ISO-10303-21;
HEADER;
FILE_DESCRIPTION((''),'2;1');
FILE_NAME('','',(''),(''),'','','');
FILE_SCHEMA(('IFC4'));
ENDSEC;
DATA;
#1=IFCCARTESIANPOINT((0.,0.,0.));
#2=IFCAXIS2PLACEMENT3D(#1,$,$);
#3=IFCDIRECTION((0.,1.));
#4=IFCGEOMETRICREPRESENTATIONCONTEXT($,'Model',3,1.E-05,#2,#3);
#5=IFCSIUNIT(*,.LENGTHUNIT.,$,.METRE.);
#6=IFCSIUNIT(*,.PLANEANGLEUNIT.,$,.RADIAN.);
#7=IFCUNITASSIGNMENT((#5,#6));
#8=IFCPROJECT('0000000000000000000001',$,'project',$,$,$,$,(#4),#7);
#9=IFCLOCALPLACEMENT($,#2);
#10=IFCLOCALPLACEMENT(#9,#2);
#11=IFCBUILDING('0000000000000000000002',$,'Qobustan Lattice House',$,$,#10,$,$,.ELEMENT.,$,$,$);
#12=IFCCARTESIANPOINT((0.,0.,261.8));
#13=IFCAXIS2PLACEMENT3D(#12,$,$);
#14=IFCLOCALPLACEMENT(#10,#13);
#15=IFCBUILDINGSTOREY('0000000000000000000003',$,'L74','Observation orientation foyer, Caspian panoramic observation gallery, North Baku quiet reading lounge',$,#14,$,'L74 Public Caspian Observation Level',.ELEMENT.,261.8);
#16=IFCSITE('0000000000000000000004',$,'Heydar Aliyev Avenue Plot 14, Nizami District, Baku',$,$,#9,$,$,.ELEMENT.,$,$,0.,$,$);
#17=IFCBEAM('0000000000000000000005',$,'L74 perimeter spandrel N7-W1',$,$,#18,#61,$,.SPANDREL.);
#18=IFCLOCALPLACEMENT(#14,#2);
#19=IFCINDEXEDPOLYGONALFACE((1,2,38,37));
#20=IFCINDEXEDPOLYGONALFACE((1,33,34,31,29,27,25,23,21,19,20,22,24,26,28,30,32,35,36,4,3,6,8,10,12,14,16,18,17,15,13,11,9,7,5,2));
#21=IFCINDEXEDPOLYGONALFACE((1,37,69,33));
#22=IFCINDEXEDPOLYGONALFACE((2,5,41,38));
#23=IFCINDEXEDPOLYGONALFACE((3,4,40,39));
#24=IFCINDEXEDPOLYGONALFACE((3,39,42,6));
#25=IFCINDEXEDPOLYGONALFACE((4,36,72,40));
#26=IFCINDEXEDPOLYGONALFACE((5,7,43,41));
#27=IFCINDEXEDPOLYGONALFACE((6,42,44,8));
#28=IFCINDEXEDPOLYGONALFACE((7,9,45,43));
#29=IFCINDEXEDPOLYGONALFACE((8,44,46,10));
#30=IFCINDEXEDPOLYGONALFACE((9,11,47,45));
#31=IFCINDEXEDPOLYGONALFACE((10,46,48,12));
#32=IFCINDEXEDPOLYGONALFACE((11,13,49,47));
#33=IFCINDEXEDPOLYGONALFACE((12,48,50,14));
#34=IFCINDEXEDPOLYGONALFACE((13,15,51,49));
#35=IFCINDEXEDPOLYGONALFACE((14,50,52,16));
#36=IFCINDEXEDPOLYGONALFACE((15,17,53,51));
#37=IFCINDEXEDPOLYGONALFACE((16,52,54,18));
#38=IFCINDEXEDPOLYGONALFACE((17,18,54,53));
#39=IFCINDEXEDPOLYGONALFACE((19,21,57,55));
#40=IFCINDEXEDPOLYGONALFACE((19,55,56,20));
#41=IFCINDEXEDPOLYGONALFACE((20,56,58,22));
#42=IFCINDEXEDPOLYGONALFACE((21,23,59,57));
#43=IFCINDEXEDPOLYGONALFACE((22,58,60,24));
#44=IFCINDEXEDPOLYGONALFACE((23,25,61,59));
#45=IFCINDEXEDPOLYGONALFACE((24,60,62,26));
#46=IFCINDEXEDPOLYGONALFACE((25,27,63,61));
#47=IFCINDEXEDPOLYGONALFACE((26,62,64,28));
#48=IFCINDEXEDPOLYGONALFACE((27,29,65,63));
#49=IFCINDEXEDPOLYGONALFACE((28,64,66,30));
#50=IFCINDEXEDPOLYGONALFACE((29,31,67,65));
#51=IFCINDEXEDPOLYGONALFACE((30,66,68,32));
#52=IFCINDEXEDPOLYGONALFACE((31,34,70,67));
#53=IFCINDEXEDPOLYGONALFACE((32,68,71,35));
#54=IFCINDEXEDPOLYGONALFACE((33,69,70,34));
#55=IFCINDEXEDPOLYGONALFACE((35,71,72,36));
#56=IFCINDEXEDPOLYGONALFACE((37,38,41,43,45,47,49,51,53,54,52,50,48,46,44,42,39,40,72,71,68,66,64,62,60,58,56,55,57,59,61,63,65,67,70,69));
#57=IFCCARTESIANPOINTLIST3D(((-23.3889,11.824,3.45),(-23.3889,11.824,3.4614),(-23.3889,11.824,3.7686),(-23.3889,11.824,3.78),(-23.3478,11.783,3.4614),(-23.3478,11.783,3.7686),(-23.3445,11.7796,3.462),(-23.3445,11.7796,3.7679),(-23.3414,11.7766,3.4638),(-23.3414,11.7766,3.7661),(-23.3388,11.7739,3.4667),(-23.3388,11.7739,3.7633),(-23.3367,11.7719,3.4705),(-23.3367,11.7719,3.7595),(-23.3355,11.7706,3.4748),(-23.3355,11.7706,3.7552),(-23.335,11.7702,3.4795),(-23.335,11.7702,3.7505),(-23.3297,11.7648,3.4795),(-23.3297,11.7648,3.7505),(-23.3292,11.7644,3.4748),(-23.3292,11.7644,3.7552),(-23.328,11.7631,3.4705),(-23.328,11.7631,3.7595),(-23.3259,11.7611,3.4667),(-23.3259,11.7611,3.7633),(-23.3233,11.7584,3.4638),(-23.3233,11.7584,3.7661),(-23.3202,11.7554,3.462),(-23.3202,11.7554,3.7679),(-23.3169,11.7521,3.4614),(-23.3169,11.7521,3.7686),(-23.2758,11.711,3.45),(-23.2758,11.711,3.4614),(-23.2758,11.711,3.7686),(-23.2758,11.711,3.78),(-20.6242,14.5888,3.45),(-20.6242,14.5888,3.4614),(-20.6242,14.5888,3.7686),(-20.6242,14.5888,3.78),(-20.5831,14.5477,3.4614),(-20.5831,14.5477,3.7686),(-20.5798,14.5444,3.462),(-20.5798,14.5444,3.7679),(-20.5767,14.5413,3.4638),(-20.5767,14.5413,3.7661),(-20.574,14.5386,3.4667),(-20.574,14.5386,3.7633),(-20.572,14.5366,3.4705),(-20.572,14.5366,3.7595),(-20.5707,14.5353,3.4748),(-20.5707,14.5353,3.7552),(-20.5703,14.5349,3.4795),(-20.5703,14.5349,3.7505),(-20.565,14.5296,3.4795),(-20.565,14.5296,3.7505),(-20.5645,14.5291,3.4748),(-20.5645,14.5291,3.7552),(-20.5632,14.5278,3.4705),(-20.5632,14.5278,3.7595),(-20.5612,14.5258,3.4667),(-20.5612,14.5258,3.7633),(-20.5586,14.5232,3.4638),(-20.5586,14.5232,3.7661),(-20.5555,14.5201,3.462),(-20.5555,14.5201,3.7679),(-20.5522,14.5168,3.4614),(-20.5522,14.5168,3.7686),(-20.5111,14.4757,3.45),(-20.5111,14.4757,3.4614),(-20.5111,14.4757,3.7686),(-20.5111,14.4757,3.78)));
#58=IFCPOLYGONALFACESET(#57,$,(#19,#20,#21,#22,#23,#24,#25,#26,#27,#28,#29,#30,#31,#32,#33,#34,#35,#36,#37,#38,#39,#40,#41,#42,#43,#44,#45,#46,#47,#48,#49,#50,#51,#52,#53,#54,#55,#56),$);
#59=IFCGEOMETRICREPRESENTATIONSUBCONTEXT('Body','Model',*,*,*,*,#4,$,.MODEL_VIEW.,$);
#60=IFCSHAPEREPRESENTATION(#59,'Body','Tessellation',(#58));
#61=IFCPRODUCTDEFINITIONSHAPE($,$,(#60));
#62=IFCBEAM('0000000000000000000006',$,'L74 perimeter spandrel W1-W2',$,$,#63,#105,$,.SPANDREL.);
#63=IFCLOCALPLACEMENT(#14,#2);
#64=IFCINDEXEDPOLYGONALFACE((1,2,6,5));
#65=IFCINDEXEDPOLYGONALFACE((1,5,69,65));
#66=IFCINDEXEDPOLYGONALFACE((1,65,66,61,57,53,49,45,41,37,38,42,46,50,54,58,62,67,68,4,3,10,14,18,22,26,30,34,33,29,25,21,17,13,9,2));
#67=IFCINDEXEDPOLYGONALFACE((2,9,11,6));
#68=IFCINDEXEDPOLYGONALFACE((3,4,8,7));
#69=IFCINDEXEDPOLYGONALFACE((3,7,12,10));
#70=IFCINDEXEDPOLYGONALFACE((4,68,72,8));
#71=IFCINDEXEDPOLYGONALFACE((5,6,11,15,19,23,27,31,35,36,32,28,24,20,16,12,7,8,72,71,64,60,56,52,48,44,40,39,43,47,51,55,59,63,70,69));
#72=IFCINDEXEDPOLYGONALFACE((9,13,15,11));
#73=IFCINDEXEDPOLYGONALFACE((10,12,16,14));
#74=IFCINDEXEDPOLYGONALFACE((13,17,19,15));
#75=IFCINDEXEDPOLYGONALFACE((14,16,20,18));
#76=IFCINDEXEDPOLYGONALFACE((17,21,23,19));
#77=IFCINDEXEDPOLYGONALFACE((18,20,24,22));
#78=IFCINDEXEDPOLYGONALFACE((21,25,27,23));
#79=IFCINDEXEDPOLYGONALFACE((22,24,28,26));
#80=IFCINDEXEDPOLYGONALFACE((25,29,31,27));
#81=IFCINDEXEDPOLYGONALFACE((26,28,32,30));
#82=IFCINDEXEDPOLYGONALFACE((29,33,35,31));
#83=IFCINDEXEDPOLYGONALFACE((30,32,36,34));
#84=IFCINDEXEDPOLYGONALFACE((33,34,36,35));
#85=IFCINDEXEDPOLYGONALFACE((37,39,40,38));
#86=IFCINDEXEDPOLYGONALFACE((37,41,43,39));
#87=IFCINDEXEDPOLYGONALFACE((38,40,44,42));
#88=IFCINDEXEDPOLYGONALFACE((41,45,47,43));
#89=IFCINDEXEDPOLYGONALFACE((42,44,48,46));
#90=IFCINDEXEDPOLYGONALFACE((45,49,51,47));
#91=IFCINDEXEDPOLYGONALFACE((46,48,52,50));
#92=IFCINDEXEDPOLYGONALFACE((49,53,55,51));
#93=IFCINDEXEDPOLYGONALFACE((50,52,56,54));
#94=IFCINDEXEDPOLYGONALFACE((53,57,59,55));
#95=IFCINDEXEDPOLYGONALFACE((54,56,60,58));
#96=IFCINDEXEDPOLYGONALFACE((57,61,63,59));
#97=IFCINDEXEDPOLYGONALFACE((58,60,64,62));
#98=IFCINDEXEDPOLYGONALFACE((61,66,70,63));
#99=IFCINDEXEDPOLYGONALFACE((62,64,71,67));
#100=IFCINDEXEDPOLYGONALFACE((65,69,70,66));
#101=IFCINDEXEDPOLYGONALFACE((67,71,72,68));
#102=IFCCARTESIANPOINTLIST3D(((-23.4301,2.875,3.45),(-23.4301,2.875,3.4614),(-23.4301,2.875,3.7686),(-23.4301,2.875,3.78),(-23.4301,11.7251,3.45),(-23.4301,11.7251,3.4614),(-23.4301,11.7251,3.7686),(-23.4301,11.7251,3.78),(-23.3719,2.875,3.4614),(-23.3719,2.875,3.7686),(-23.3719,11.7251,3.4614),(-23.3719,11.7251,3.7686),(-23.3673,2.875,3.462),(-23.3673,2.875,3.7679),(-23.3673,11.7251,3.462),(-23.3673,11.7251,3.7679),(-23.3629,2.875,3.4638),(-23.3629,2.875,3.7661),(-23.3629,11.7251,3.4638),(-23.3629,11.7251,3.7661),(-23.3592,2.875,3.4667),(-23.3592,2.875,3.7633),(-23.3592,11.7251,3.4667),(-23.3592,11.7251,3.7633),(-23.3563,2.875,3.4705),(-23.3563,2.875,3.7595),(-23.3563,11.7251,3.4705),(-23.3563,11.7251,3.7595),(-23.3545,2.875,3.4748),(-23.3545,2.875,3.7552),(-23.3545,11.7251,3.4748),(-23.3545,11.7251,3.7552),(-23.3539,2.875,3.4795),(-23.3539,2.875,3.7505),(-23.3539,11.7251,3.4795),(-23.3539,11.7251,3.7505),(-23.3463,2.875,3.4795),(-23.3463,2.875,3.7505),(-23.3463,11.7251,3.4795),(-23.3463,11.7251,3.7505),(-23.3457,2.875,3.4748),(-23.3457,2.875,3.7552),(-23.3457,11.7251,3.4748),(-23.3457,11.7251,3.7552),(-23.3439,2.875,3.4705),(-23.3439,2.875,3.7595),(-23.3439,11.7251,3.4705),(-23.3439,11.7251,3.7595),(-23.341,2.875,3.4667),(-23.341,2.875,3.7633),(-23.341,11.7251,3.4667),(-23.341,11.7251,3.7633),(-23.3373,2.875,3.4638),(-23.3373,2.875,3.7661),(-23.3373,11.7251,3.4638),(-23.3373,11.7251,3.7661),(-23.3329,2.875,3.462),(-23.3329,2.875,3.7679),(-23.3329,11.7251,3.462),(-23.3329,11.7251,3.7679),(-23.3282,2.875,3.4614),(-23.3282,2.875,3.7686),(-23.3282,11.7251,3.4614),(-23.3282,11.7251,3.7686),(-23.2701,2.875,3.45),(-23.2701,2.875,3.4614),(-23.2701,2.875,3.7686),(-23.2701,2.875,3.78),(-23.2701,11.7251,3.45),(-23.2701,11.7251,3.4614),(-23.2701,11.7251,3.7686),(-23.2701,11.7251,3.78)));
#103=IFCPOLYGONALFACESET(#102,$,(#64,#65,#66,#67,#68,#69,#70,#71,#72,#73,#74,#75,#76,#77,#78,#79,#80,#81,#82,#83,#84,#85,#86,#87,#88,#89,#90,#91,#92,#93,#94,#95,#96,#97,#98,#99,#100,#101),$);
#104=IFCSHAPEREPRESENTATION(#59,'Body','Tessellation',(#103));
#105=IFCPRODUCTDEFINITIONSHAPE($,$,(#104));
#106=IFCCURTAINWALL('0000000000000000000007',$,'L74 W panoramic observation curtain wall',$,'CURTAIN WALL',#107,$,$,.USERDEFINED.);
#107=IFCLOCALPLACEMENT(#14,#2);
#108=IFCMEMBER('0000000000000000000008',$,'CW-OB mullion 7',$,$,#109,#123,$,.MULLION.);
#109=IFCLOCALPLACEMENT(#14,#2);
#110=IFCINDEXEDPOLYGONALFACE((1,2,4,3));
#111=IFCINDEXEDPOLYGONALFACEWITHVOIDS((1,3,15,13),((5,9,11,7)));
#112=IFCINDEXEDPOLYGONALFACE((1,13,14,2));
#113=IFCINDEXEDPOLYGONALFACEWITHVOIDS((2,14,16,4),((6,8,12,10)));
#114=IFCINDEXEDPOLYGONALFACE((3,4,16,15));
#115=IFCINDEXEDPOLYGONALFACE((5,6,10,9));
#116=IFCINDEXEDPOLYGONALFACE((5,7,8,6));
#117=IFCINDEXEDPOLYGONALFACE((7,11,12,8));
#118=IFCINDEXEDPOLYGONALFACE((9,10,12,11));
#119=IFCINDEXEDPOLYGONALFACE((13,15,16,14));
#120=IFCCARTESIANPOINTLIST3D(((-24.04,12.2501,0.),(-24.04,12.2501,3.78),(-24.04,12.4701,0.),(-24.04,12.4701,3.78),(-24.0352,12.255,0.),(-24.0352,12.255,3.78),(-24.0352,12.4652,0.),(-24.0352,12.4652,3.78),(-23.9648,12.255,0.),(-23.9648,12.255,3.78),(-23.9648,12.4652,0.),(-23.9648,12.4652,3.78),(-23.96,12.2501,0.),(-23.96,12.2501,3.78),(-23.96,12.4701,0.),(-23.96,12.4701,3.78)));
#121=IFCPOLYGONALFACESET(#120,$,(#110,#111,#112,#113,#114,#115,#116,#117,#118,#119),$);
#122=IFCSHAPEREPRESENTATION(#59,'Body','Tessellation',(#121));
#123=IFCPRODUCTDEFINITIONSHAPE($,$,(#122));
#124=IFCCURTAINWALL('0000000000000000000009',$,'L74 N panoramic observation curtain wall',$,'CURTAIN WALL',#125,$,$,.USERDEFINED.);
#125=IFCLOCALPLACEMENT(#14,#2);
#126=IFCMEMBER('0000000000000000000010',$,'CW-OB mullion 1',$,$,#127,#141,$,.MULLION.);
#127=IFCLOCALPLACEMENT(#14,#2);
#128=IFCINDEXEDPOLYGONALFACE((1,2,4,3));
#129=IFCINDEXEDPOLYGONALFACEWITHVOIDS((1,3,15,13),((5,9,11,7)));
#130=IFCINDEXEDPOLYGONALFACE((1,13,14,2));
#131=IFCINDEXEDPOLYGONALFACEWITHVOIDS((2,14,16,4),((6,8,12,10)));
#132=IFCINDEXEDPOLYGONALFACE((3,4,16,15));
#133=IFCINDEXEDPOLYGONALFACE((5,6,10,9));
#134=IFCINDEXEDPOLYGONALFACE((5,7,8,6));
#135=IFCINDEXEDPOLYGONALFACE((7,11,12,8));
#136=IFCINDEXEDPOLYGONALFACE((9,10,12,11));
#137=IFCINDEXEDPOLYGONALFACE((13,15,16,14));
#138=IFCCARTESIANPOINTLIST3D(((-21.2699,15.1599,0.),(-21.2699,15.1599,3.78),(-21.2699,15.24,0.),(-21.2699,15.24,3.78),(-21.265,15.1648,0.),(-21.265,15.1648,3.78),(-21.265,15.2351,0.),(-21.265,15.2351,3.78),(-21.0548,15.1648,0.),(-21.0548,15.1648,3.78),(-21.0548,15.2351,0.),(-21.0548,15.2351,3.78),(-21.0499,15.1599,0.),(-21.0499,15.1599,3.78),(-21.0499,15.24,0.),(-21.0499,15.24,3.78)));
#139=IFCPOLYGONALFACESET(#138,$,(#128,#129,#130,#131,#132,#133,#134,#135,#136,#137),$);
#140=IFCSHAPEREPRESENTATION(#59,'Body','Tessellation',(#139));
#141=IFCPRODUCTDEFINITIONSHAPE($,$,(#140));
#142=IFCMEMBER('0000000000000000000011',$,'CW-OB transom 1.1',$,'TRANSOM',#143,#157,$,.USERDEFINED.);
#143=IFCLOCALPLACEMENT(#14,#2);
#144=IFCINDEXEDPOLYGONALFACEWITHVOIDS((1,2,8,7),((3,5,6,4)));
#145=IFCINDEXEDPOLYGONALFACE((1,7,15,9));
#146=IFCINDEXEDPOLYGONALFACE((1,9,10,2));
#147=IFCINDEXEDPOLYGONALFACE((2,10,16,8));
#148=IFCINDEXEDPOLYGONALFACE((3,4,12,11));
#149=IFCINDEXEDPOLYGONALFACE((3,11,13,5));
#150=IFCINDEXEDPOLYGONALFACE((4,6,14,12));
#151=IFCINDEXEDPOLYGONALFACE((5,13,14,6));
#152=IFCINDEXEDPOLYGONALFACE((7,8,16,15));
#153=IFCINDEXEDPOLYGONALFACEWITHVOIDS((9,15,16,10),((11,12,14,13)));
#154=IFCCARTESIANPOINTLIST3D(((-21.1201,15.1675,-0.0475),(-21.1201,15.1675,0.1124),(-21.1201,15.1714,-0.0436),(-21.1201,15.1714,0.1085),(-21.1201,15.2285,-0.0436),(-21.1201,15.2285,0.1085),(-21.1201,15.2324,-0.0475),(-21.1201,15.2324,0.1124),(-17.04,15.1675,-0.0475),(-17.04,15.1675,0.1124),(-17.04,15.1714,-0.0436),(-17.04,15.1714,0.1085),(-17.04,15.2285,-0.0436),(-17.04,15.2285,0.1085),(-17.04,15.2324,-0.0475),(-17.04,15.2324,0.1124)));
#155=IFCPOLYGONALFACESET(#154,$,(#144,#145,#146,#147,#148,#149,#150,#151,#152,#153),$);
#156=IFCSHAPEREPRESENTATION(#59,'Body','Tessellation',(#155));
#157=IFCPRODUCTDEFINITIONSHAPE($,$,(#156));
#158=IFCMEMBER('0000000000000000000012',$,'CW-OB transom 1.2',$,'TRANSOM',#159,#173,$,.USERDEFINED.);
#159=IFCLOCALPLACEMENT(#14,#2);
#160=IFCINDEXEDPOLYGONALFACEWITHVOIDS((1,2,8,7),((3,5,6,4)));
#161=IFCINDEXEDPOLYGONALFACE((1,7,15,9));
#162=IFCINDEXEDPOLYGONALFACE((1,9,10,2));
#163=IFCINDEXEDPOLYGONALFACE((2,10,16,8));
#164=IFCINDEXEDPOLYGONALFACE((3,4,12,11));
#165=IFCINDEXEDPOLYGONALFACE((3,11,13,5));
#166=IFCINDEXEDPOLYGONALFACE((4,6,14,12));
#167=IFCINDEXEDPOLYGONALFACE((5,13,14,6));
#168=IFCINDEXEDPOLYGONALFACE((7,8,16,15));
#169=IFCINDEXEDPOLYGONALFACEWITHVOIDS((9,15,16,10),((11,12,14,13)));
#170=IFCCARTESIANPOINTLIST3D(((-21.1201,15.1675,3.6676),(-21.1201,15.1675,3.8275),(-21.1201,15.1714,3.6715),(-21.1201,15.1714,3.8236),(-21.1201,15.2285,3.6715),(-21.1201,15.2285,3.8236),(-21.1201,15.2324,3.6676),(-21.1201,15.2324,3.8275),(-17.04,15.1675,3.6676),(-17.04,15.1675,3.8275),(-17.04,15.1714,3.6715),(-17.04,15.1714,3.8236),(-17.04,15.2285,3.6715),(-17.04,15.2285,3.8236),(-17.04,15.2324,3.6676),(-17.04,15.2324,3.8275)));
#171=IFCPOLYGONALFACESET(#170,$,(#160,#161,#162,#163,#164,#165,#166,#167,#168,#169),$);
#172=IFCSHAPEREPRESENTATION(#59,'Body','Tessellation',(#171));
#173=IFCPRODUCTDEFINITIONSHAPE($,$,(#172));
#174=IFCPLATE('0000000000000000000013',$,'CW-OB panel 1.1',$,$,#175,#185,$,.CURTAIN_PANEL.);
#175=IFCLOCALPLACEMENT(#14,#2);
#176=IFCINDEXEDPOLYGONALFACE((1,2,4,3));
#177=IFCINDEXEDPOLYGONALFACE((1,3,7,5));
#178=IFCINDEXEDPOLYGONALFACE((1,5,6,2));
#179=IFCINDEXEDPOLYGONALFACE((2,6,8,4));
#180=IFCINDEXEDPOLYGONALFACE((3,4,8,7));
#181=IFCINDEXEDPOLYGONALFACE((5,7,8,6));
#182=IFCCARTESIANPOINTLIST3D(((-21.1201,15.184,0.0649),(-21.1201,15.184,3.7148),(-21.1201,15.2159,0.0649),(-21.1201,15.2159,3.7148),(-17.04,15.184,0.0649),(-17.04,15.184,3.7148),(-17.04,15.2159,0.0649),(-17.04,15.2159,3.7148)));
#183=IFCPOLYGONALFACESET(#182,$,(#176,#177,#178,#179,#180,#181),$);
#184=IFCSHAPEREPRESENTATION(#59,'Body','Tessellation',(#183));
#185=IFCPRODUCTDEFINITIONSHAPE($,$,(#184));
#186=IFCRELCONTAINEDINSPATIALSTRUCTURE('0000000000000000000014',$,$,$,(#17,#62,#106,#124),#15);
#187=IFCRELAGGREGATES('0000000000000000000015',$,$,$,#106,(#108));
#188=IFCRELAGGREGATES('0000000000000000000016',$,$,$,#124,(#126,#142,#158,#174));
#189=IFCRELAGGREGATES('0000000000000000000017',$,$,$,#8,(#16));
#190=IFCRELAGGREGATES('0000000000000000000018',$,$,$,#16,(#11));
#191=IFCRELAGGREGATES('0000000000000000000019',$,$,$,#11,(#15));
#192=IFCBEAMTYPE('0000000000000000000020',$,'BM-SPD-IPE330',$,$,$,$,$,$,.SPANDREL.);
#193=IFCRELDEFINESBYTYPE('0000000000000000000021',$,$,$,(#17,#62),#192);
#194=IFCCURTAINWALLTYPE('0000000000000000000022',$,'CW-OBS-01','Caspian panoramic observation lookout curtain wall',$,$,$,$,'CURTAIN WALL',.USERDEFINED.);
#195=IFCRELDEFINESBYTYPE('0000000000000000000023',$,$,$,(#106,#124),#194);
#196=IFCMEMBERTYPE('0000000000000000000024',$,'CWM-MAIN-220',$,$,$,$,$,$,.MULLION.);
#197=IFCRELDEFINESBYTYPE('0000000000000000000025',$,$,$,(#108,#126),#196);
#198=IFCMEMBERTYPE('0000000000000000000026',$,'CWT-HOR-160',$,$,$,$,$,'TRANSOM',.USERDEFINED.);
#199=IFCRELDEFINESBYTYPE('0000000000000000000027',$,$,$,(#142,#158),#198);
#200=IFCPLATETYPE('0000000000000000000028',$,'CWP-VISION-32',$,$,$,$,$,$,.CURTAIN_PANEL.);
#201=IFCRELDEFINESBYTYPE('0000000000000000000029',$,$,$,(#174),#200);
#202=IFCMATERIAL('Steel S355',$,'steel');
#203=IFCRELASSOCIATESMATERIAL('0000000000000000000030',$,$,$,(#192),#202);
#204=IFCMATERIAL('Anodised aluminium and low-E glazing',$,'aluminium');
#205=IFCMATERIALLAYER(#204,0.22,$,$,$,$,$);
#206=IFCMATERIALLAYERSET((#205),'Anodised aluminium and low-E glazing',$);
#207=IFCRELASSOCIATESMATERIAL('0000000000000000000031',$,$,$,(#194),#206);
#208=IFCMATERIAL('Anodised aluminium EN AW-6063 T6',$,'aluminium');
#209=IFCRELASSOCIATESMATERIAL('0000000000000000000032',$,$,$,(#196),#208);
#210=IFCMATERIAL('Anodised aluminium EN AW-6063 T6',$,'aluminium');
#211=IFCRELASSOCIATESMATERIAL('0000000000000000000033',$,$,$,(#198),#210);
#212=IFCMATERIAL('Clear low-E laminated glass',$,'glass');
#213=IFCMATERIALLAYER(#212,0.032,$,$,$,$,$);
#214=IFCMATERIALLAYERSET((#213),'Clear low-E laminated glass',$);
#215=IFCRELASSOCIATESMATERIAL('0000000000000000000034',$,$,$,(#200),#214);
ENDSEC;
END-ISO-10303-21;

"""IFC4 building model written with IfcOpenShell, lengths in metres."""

from ifc_helpers import new_model, si_unit, direction, frame, origin, origin_2d, place, context, subcontext, project, spatial, rectangle, hollow_rectangle, i_section, extrude, material, layer, layer_set, material_profile, profile_set, type_object, element, aggregate, save


model = new_model("IFC4")

# Units and contexts
model_context = context("Model", 3, precision=1e-05, world=origin(), true_north=direction((0.0, 1.0)))
body_context = subcontext(model_context, "Body", "Model", "MODEL_VIEW")
ifc_project = project(units=[si_unit("LENGTHUNIT", "METRE"), si_unit("PLANEANGLEUNIT", "RADIAN")], contexts=[model_context])

# Site, building, storey
site_placement = place(None, origin())
site = spatial("IfcSite", under=ifc_project, at=site_placement, Name="Heydar Aliyev Avenue Plot 14, Nizami District, Baku", CompositionType="ELEMENT", RefElevation=0.0)
building_placement = place(site_placement, origin())
building = spatial("IfcBuilding", under=site, at=building_placement, Name="Qobustan Lattice House", CompositionType="ELEMENT")
storey_placement = place(building_placement, frame((0.0, 0.0, 261.8)))
storey = spatial("IfcBuildingStorey", under=building, at=storey_placement, Name="L74", Description="Observation orientation foyer, Caspian panoramic observation gallery, North Baku quiet reading lounge", LongName="L74 Public Caspian Observation Level", CompositionType="ELEMENT", Elevation=261.8)

# Beams
ifc_material_1 = material(Name="Steel S355", Category="steel")
ifc_material_profile_1 = material_profile(ifc_material_1, i_section(OverallWidth=0.1599, OverallDepth=0.3301, WebThickness=0.0076, FlangeThickness=0.0115, FilletRadius=0.0181, at=origin_2d()), Name="IPE330")
ifc_profile_set_1 = profile_set([ifc_material_profile_1], Name="Steel S355")
beam_type_1 = type_object("IfcBeamType", Name="BM-SPD-IPE330", PredefinedType="SPANDREL", material=ifc_profile_set_1)
beam_1_placement = place(storey_placement, frame((-20.5676, 14.5322, 3.615), z_axis=(-0.707107, -0.707107, 0.0), x_axis=(0.707107, -0.707107, 0.0)))
element("IfcBeam", 1, at=beam_1_placement, inside=storey, type_object=beam_type_1, Name="L74 perimeter spandrel N7-W1", PredefinedType="SPANDREL", context=body_context, shape_type="SweptSolid", body=[
    extrude(i_section(OverallWidth=0.1599, OverallDepth=0.3301, WebThickness=0.0076, FlangeThickness=0.0115, FilletRadius=0.0181, at=origin_2d()), origin(), (0.0, 0.0, 1.0), 3.9099),
])
beam_2_placement = place(storey_placement, frame((-23.3501, 11.7251, 3.615), z_axis=(0.0, -1.0, 0.0), x_axis=(1.0, 0.0, 0.0)))
element("IfcBeam", 2, at=beam_2_placement, inside=storey, type_object=beam_type_1, Name="L74 perimeter spandrel W1-W2", PredefinedType="SPANDREL", context=body_context, shape_type="SweptSolid", body=[
    extrude(i_section(OverallWidth=0.1599, OverallDepth=0.3301, WebThickness=0.0076, FlangeThickness=0.0115, FilletRadius=0.0181, at=origin_2d()), origin(), (0.0, 0.0, 1.0), 8.8501),
])

# Curtain wall, member
ifc_material_2 = material(Name="Anodised aluminium and low-E glazing", Category="aluminium")
ifc_layer_1 = layer(ifc_material_2, 0.22)
ifc_layer_set_1 = layer_set([ifc_layer_1], Name="Anodised aluminium and low-E glazing")
curtain_wall_type = type_object("IfcCurtainWallType", Name="CW-OBS-01", Description="Caspian panoramic observation lookout curtain wall", ElementType="CURTAIN WALL", PredefinedType="USERDEFINED", material=ifc_layer_set_1)
curtain_wall_1_placement = place(storey_placement, origin())
curtain_wall_1 = element("IfcCurtainWall", 3, at=curtain_wall_1_placement, inside=storey, type_object=curtain_wall_type, Name="L74 W panoramic observation curtain wall", ObjectType="CURTAIN WALL", PredefinedType="USERDEFINED")
ifc_material_3 = material(Name="Anodised aluminium EN AW-6063 T6", Category="aluminium")
ifc_material_profile_2 = material_profile(ifc_material_3, hollow_rectangle(XDim=0.0801, YDim=0.22, WallThickness=0.0049, at=origin_2d()), Name="CWM-220x80")
ifc_profile_set_2 = profile_set([ifc_material_profile_2], Name="Anodised aluminium EN AW-6063 T6")
member_type_1 = type_object("IfcMemberType", Name="CWM-MAIN-220", PredefinedType="MULLION", material=ifc_profile_set_2)
member_1_placement = place(storey_placement, frame((-24.0, 12.3601, 0.0), z_axis=(0.0, 0.0, 1.0), x_axis=(-1.0, 0.0, 0.0)))
member_1 = element("IfcMember", 4, at=member_1_placement, type_object=member_type_1, Name="CW-OB mullion 7", PredefinedType="MULLION", context=body_context, shape_type="SweptSolid", body=[
    extrude(hollow_rectangle(XDim=0.0801, YDim=0.22, WallThickness=0.0049, at=origin_2d()), origin(), (0.0, 0.0, 1.0), 3.78),
])
aggregate(curtain_wall_1, [member_1])

# Curtain wall, members, plate
curtain_wall_2_placement = place(storey_placement, origin())
curtain_wall_2 = element("IfcCurtainWall", 5, at=curtain_wall_2_placement, inside=storey, type_object=curtain_wall_type, Name="L74 N panoramic observation curtain wall", ObjectType="CURTAIN WALL", PredefinedType="USERDEFINED")
member_2_placement = place(storey_placement, frame((-21.1599, 15.2, 0.0), z_axis=(0.0, 0.0, 1.0), x_axis=(0.0, 1.0, 0.0)))
member_2 = element("IfcMember", 6, at=member_2_placement, type_object=member_type_1, Name="CW-OB mullion 1", PredefinedType="MULLION", context=body_context, shape_type="SweptSolid", body=[
    extrude(hollow_rectangle(XDim=0.0801, YDim=0.22, WallThickness=0.0049, at=origin_2d()), origin(), (0.0, 0.0, 1.0), 3.78),
])
ifc_material_4 = material(Name="Anodised aluminium EN AW-6063 T6", Category="aluminium")
ifc_material_profile_3 = material_profile(ifc_material_4, hollow_rectangle(XDim=0.0649, YDim=0.1599, WallThickness=0.0039, at=origin_2d()), Name="CWT-160x65")
ifc_profile_set_3 = profile_set([ifc_material_profile_3], Name="Anodised aluminium EN AW-6063 T6")
member_type_2 = type_object("IfcMemberType", Name="CWT-HOR-160", ElementType="TRANSOM", PredefinedType="USERDEFINED", material=ifc_profile_set_3)
member_3_placement = place(storey_placement, frame((-21.1201, 15.2, 0.0325), z_axis=(1.0, 0.0, 0.0), x_axis=(0.0, 1.0, 0.0)))
member_3 = element("IfcMember", 7, at=member_3_placement, type_object=member_type_2, Name="CW-OB transom 1.1", ObjectType="TRANSOM", PredefinedType="USERDEFINED", context=body_context, shape_type="SweptSolid", body=[
    extrude(hollow_rectangle(XDim=0.0649, YDim=0.1599, WallThickness=0.0039, at=origin_2d()), origin(), (0.0, 0.0, 1.0), 4.0801),
])
member_4_placement = place(storey_placement, frame((-21.1201, 15.2, 3.7476), z_axis=(1.0, 0.0, 0.0), x_axis=(0.0, 1.0, 0.0)))
member_4 = element("IfcMember", 8, at=member_4_placement, type_object=member_type_2, Name="CW-OB transom 1.2", ObjectType="TRANSOM", PredefinedType="USERDEFINED", context=body_context, shape_type="SweptSolid", body=[
    extrude(hollow_rectangle(XDim=0.0649, YDim=0.1599, WallThickness=0.0039, at=origin_2d()), origin(), (0.0, 0.0, 1.0), 4.0801),
])
ifc_material_5 = material(Name="Clear low-E laminated glass", Category="glass")
ifc_layer_2 = layer(ifc_material_5, 0.032)
ifc_layer_set_2 = layer_set([ifc_layer_2], Name="Clear low-E laminated glass")
plate_type = type_object("IfcPlateType", Name="CWP-VISION-32", PredefinedType="CURTAIN_PANEL", material=ifc_layer_set_2)
plate_placement = place(storey_placement, frame((-19.0801, 15.2, 0.0649), z_axis=(0.0, 0.0, 1.0), x_axis=(1.0, 0.0, 0.0)))
plate = element("IfcPlate", 9, at=plate_placement, type_object=plate_type, Name="CW-OB panel 1.1", PredefinedType="CURTAIN_PANEL", context=body_context, shape_type="SweptSolid", body=[
    extrude(rectangle(XDim=4.0801, YDim=0.032, at=origin_2d()), origin(), (0.0, 0.0, 1.0), 3.6499),
])
aggregate(curtain_wall_2, [member_2, member_3, member_4, plate])

save(model, "model.ifc")
